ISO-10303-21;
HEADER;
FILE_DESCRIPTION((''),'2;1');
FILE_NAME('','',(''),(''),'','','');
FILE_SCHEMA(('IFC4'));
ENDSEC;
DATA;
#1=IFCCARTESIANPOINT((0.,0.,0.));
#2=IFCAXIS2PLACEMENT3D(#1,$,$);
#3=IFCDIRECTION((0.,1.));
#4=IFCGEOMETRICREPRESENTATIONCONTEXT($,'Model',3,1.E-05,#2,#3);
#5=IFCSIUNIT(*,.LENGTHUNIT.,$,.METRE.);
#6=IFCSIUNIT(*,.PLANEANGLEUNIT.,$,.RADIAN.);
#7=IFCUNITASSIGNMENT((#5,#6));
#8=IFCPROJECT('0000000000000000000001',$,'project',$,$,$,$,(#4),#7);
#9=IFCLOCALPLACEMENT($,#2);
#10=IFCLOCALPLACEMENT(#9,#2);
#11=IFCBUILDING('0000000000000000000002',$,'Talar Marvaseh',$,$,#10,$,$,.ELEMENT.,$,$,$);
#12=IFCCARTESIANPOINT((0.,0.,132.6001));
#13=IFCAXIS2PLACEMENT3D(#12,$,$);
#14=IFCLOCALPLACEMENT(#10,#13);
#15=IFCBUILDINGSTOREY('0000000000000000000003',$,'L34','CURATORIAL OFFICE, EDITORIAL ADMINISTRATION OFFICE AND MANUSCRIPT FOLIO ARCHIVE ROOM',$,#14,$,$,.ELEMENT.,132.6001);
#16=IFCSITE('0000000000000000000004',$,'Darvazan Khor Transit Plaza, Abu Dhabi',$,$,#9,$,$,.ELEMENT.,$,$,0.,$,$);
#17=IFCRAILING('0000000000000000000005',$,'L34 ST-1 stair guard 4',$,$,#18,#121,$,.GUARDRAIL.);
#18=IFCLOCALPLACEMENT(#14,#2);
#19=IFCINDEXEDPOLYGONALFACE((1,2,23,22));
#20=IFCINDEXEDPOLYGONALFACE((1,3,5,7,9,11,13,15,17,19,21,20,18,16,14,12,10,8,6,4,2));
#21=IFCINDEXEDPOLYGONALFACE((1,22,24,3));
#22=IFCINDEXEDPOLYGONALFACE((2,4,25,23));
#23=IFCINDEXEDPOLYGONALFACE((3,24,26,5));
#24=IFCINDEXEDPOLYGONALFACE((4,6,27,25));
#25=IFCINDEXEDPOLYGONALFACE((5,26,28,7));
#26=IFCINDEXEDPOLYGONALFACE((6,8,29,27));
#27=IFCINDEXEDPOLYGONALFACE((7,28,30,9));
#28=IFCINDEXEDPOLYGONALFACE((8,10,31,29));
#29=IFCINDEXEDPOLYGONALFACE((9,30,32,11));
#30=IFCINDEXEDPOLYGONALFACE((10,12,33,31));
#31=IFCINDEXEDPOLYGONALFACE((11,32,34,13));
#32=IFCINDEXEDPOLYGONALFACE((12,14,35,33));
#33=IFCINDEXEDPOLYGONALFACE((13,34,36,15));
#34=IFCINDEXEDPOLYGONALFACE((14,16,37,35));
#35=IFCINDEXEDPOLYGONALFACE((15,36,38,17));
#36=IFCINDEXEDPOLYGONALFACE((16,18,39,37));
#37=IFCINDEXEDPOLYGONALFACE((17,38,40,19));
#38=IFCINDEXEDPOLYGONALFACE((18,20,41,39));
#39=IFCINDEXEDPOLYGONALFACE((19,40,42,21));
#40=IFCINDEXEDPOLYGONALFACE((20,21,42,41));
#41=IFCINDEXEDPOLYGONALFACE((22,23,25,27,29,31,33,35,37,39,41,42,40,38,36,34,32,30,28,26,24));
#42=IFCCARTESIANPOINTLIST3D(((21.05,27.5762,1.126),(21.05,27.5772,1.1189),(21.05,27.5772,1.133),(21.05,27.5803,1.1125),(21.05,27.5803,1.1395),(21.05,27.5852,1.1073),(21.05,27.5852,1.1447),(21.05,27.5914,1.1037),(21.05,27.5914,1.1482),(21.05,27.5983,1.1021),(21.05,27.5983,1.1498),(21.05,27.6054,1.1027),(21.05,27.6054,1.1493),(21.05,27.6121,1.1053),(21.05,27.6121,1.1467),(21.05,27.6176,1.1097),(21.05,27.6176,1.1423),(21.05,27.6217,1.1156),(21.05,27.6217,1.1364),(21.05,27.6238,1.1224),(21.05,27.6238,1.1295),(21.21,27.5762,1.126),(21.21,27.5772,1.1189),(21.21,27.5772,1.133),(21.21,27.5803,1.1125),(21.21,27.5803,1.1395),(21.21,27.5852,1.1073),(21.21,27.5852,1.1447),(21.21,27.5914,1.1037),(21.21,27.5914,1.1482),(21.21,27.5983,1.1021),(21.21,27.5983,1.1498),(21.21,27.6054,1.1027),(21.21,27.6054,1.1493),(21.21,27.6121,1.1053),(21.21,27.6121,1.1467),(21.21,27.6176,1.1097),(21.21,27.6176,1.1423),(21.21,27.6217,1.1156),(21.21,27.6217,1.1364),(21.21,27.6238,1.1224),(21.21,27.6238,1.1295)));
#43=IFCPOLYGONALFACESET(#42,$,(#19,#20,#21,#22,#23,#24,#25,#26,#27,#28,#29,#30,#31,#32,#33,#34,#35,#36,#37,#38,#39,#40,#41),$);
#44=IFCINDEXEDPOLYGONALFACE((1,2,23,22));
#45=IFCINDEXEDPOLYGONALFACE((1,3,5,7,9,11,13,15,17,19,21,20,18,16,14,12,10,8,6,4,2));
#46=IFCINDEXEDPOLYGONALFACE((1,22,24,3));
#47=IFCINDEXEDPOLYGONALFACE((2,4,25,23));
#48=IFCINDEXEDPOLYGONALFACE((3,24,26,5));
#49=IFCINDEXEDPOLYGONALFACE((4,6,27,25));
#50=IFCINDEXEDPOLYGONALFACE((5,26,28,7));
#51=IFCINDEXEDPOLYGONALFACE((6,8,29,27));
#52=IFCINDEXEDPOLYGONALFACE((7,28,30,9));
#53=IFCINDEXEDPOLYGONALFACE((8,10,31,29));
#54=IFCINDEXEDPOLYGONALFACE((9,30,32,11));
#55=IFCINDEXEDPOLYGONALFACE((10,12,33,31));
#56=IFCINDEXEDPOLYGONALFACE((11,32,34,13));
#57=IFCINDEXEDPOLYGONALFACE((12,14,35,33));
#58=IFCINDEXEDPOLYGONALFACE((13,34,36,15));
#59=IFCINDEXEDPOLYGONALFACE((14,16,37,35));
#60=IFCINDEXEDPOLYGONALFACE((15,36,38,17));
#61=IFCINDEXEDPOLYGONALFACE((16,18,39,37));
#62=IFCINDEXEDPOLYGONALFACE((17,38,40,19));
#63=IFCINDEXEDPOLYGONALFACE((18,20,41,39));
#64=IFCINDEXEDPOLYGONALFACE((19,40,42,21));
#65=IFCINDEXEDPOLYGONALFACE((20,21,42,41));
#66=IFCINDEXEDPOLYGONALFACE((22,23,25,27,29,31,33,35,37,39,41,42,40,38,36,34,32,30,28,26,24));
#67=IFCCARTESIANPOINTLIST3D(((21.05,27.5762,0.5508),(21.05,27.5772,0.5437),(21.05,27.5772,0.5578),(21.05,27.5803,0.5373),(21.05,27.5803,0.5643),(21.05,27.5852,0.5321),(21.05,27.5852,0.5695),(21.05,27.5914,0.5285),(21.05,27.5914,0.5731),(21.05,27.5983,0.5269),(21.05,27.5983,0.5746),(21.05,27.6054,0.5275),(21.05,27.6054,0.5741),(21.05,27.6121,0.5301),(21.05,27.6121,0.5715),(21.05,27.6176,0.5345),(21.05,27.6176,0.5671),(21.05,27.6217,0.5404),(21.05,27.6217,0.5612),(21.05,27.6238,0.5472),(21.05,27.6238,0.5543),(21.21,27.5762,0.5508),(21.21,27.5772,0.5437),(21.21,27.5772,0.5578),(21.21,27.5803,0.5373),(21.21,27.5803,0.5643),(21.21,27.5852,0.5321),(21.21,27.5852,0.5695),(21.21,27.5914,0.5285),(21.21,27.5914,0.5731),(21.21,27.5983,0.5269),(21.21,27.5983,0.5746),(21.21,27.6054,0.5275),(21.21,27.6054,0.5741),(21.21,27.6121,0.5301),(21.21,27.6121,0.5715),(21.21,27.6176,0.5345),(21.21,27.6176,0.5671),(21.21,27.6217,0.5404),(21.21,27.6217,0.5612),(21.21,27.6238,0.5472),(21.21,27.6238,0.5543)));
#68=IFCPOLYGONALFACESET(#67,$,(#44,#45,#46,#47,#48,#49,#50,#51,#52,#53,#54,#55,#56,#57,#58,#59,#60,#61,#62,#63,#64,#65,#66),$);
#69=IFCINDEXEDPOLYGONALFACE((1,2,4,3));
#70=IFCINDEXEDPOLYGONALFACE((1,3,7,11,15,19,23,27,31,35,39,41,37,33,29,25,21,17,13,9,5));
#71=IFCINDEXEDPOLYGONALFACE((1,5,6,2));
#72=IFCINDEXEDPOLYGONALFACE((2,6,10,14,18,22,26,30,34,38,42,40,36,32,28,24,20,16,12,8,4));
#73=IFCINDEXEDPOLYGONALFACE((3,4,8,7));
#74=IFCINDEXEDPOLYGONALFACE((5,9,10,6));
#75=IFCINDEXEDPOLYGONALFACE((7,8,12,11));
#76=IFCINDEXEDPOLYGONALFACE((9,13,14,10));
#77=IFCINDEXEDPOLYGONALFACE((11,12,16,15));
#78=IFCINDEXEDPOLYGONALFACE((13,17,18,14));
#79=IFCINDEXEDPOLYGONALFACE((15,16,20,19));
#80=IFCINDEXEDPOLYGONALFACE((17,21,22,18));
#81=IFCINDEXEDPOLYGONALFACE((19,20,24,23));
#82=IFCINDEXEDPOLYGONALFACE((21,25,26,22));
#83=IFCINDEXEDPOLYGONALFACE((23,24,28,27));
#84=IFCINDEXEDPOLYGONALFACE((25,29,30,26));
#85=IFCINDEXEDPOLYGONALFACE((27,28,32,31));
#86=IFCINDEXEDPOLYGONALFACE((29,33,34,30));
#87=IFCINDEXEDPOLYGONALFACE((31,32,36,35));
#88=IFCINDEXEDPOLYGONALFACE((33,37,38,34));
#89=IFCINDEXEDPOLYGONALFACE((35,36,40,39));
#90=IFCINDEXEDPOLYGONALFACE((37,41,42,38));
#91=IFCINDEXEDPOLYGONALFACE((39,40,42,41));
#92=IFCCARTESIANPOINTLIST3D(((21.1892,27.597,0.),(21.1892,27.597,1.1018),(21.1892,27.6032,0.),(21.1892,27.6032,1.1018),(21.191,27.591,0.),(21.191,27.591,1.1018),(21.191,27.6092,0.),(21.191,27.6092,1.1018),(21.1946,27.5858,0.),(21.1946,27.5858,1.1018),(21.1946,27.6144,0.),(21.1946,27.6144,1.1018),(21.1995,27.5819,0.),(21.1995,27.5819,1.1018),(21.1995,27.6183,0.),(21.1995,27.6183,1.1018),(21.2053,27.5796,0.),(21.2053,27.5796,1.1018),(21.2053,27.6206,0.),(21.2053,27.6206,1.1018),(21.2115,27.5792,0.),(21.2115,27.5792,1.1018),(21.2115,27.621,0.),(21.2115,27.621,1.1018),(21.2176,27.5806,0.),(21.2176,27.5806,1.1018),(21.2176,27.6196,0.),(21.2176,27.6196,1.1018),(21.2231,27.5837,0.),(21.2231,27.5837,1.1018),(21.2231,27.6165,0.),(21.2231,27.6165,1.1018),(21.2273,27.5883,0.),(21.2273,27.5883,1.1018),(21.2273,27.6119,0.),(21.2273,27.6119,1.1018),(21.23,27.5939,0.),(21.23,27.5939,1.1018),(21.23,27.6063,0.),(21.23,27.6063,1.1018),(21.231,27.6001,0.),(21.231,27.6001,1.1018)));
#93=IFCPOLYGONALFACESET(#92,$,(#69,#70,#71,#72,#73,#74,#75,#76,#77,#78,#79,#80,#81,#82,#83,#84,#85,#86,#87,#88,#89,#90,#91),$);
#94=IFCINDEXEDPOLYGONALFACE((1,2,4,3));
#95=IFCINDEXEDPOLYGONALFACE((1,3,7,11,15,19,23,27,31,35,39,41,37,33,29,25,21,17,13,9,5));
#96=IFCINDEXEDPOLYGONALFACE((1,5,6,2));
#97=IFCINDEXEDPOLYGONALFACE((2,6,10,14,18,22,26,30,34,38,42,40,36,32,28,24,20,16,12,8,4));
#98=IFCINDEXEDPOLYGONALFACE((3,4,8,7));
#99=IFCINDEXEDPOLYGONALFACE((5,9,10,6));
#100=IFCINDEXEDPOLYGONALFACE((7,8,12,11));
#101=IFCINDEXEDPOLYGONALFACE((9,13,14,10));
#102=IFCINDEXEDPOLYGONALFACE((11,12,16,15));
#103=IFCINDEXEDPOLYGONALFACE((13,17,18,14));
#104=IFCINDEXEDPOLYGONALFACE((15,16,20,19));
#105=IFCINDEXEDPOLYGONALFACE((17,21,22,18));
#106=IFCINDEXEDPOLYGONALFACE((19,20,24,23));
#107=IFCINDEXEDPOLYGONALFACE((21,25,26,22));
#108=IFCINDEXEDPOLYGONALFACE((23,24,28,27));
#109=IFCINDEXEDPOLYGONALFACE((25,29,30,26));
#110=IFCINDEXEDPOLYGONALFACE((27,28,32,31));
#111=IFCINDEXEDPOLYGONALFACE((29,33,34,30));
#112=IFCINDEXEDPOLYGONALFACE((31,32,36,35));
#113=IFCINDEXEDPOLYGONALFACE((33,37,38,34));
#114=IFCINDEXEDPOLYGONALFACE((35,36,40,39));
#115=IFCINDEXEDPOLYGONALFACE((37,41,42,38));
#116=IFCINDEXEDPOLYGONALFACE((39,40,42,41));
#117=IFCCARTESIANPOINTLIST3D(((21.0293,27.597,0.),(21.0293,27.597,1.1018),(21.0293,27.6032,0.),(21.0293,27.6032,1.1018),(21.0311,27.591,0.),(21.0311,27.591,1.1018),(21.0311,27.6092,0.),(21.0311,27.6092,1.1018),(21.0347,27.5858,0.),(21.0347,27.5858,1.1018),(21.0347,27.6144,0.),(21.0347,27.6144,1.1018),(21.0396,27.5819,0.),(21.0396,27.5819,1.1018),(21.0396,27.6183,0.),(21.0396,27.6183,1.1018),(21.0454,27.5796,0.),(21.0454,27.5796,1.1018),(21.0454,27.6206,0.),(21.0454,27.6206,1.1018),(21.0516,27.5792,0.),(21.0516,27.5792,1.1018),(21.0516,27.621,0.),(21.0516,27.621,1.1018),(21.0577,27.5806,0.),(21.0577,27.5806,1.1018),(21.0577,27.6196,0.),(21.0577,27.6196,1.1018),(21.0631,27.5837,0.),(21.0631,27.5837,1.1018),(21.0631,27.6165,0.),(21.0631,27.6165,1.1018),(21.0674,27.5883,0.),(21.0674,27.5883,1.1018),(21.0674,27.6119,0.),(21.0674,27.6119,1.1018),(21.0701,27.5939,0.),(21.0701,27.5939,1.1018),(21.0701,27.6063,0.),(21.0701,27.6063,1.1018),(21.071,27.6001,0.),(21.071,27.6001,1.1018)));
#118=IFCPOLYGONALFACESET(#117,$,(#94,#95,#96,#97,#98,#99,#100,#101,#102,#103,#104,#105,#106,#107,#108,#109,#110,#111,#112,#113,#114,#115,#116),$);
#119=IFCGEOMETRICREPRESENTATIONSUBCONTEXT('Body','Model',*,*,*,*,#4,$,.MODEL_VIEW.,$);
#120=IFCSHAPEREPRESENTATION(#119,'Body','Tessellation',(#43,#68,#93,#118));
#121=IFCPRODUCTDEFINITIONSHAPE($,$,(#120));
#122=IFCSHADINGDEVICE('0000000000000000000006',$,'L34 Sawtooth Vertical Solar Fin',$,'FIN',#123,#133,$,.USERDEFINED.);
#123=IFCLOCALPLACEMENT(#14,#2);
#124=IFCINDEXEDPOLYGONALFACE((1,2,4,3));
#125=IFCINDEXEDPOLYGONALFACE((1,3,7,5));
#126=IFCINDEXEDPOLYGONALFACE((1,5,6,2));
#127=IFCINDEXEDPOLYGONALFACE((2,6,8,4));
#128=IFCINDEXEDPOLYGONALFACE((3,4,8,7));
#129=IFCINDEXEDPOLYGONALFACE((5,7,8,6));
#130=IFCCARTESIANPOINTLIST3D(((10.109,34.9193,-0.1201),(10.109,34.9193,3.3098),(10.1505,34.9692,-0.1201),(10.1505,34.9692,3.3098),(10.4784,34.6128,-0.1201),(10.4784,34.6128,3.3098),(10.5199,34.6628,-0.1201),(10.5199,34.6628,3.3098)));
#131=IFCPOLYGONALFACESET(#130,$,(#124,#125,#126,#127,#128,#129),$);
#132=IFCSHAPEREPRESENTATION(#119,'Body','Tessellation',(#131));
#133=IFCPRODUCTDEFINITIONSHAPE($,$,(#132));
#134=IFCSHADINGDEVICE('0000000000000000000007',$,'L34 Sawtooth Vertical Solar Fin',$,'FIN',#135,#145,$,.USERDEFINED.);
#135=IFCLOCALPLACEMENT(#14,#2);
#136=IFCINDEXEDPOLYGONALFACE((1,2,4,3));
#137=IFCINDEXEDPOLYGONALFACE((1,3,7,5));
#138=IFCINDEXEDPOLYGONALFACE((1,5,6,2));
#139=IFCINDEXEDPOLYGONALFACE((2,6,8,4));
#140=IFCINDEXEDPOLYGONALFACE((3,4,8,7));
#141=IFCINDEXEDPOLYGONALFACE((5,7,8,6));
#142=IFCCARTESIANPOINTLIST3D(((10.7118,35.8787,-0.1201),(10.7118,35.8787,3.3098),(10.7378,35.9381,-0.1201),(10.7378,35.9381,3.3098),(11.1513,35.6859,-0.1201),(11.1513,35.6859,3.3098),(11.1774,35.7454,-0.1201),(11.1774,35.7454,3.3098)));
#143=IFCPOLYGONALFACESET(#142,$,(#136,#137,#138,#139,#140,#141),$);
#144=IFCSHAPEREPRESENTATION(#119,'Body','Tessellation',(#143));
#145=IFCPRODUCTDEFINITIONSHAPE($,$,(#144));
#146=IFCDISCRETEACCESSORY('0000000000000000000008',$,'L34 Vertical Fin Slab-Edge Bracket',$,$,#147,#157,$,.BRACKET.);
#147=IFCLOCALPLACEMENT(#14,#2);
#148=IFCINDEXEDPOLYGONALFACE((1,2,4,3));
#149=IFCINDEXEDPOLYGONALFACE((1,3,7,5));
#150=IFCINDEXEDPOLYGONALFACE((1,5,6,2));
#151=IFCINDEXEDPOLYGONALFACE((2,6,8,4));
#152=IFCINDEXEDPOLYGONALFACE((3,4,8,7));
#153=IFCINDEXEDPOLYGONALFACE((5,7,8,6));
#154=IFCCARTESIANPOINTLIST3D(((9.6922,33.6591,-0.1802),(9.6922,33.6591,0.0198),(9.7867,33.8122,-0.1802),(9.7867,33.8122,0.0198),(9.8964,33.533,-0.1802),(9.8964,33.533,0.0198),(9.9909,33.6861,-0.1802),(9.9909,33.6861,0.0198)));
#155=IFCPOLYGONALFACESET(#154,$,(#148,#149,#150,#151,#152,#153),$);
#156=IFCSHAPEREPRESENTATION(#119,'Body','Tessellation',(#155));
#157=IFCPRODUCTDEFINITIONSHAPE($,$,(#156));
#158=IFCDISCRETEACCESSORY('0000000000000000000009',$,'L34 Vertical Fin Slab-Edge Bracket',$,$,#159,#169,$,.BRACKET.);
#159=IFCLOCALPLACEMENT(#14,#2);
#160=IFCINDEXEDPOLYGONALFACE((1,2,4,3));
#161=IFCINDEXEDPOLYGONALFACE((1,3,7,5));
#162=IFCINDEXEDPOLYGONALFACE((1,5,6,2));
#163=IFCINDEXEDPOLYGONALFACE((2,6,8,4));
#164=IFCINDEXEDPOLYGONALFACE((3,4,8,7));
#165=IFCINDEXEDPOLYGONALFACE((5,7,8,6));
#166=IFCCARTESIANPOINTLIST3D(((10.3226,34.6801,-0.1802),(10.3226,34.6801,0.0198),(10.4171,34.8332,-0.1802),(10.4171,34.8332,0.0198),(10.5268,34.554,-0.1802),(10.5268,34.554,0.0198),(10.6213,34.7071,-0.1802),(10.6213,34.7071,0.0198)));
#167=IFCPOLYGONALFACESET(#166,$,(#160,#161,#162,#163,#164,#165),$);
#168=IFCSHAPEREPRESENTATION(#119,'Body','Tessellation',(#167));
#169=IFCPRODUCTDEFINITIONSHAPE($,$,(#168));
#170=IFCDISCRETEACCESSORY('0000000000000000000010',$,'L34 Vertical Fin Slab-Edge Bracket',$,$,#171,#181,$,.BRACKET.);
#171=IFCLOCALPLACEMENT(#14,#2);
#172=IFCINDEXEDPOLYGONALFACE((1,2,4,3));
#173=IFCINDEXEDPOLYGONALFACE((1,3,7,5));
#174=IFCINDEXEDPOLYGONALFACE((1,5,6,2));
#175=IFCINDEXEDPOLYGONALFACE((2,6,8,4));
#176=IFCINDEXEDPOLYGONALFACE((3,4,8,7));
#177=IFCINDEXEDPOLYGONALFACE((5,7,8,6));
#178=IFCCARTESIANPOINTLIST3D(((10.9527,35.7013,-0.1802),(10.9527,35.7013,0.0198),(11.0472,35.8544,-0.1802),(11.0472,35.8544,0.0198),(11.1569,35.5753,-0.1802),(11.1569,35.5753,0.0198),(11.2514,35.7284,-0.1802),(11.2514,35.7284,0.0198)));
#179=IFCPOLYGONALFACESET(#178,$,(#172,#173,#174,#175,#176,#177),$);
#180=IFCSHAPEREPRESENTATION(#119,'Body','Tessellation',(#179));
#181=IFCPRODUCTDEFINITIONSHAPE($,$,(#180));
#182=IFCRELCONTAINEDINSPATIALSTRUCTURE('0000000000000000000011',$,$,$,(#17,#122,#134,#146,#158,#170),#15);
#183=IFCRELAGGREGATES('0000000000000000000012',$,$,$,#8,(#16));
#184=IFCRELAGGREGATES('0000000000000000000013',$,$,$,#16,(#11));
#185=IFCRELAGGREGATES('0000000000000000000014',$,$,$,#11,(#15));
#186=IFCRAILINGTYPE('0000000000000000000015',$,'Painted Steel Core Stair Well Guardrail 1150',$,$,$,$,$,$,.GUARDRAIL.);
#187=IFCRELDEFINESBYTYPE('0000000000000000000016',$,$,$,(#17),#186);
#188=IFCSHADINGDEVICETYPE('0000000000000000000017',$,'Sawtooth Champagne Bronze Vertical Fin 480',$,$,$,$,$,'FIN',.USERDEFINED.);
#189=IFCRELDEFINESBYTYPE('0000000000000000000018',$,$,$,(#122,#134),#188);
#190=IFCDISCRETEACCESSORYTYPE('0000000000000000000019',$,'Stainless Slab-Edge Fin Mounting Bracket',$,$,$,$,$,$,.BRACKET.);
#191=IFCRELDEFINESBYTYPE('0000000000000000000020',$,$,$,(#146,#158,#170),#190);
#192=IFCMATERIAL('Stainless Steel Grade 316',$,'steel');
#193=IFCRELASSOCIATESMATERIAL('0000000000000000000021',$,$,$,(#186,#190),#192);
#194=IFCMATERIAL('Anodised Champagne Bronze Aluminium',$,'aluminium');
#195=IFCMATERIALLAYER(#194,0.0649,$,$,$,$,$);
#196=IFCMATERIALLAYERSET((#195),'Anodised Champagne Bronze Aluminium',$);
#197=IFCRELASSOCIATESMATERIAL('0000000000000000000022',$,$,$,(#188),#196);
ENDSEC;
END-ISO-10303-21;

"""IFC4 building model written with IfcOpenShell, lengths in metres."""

from ifc_helpers import new_model, si_unit, direction, frame, origin, origin_2d, place, context, subcontext, project, spatial, rectangle, circle, extrude, source, transform, mapped, material, layer, layer_set, type_object, type_shapes, element, save


model = new_model("IFC4")

# Units and contexts
model_context = context("Model", 3, precision=1e-05, world=origin(), true_north=direction((0.0, 1.0)))
body_context = subcontext(model_context, "Body", "Model", "MODEL_VIEW")
ifc_project = project(units=[si_unit("LENGTHUNIT", "METRE"), si_unit("PLANEANGLEUNIT", "RADIAN")], contexts=[model_context])

# Site, building, storey
site_placement = place(None, origin())
site = spatial("IfcSite", under=ifc_project, at=site_placement, Name="Darvazan Khor Transit Plaza, Abu Dhabi", CompositionType="ELEMENT", RefElevation=0.0)
building_placement = place(site_placement, origin())
building = spatial("IfcBuilding", under=site, at=building_placement, Name="Talar Marvaseh", CompositionType="ELEMENT")
storey_placement = place(building_placement, frame((0.0, 0.0, 132.6001)))
storey = spatial("IfcBuildingStorey", under=building, at=storey_placement, Name="L34", Description="CURATORIAL OFFICE, EDITORIAL ADMINISTRATION OFFICE AND MANUSCRIPT FOLIO ARCHIVE ROOM", CompositionType="ELEMENT", Elevation=132.6001)

# Railing
ifc_material_1 = material(Name="Stainless Steel Grade 316", Category="steel")
railing_type_1 = type_object("IfcRailingType", Name="Painted Steel Core Stair Well Guardrail 1150", PredefinedType="GUARDRAIL", material=ifc_material_1)
railing_1_placement = place(storey_placement, frame((21.21, 27.6001, 0.0)))
element("IfcRailing", 1, at=railing_1_placement, inside=storey, type_object=railing_type_1, Name="L34 ST-1 stair guard 4", PredefinedType="GUARDRAIL", context=body_context, shape_type="SweptSolid", body=[
    extrude(circle(Radius=0.0239, at=origin_2d()), frame((0.0, 0.0, 1.126), z_axis=(-1.0, 0.0, 0.0), x_axis=(0.0, -1.0, 0.0)), (0.0, 0.0, 1.0), 0.1599),
    extrude(circle(Radius=0.0239, at=origin_2d()), frame((0.0, 0.0, 0.5508), z_axis=(-1.0, 0.0, 0.0), x_axis=(0.0, -1.0, 0.0)), (0.0, 0.0, 1.0), 0.1599),
    extrude(circle(Radius=0.021, at=origin_2d()), origin(), (0.0, 0.0, 1.0), 1.1018),
    extrude(circle(Radius=0.021, at=origin_2d()), frame((-0.1599, 0.0, 0.0)), (0.0, 0.0, 1.0), 1.1018),
])

# Shading devices
ifc_material_2 = material(Name="Anodised Champagne Bronze Aluminium", Category="aluminium")
ifc_layer_1 = layer(ifc_material_2, 0.0649)
ifc_layer_set_1 = layer_set([ifc_layer_1], Name="Anodised Champagne Bronze Aluminium")
shading_device_type = type_object("IfcShadingDeviceType", Name="Sawtooth Champagne Bronze Vertical Fin 480", ElementType="FIN", PredefinedType="USERDEFINED", material=ifc_layer_set_1)
shared_shape_1 = source(origin(), body_context, "Body", "SweptSolid", [
    extrude(rectangle(XDim=0.48, YDim=0.0649, at=origin_2d()), origin(), (0.0, 0.0, 1.0), 3.4299),
])
type_shapes(shading_device_type, [shared_shape_1])
for number, where, z_axis, x_axis, name in (
    (2, (10.3145, 34.791, -0.1201), (0.0, 0.0, 1.0), (-0.769622, 0.638499, 0.0), "L34 Sawtooth Vertical Solar Fin"),
    (3, (10.9446, 35.812, -0.1201), (0.0, 0.0, 1.0), (-0.915803, 0.401628, 0.0), "L34 Sawtooth Vertical Solar Fin"),
):
    element("IfcShadingDevice", number, at=place(storey_placement, frame(where, z_axis=z_axis, x_axis=x_axis)), inside=storey, type_object=shading_device_type, Name=name, ObjectType="FIN", PredefinedType="USERDEFINED", context=body_context, shape_type="MappedRepresentation", body=[
        mapped(shared_shape_1, transform((0.0, 0.0, 0.0), x_axis=(1.0, 0.0, 0.0), y_axis=(0.0, 1.0, 0.0), z_axis=(0.0, 0.0, 1.0), scale=1.0)),
    ])

# Discrete accessories
discrete_accessory_type = type_object("IfcDiscreteAccessoryType", Name="Stainless Slab-Edge Fin Mounting Bracket", PredefinedType="BRACKET", material=ifc_material_1)
shared_shape_2 = source(origin(), body_context, "Body", "SweptSolid", [
    extrude(rectangle(XDim=0.24, YDim=0.1799, at=origin_2d()), origin(), (0.0, 0.0, 1.0), 0.2),
])
type_shapes(discrete_accessory_type, [shared_shape_2])
for number, where, z_axis, x_axis, name in (
    (4, (9.8416, 33.6726, -0.1802), (0.0, 0.0, 1.0), (-0.850994, 0.525175, 0.0), "L34 Vertical Fin Slab-Edge Bracket"),
    (5, (10.4719, 34.6936, -0.1802), (0.0, 0.0, 1.0), (-0.850994, 0.525175, 0.0), "L34 Vertical Fin Slab-Edge Bracket"),
    (6, (11.1021, 35.7148, -0.1802), (0.0, 0.0, 1.0), (-0.850994, 0.525175, 0.0), "L34 Vertical Fin Slab-Edge Bracket"),
):
    element("IfcDiscreteAccessory", number, at=place(storey_placement, frame(where, z_axis=z_axis, x_axis=x_axis)), inside=storey, type_object=discrete_accessory_type, Name=name, PredefinedType="BRACKET", context=body_context, shape_type="MappedRepresentation", body=[
        mapped(shared_shape_2, transform((0.0, 0.0, 0.0), x_axis=(1.0, 0.0, 0.0), y_axis=(0.0, 1.0, 0.0), z_axis=(0.0, 0.0, 1.0), scale=1.0)),
    ])

save(model, "model.ifc")
